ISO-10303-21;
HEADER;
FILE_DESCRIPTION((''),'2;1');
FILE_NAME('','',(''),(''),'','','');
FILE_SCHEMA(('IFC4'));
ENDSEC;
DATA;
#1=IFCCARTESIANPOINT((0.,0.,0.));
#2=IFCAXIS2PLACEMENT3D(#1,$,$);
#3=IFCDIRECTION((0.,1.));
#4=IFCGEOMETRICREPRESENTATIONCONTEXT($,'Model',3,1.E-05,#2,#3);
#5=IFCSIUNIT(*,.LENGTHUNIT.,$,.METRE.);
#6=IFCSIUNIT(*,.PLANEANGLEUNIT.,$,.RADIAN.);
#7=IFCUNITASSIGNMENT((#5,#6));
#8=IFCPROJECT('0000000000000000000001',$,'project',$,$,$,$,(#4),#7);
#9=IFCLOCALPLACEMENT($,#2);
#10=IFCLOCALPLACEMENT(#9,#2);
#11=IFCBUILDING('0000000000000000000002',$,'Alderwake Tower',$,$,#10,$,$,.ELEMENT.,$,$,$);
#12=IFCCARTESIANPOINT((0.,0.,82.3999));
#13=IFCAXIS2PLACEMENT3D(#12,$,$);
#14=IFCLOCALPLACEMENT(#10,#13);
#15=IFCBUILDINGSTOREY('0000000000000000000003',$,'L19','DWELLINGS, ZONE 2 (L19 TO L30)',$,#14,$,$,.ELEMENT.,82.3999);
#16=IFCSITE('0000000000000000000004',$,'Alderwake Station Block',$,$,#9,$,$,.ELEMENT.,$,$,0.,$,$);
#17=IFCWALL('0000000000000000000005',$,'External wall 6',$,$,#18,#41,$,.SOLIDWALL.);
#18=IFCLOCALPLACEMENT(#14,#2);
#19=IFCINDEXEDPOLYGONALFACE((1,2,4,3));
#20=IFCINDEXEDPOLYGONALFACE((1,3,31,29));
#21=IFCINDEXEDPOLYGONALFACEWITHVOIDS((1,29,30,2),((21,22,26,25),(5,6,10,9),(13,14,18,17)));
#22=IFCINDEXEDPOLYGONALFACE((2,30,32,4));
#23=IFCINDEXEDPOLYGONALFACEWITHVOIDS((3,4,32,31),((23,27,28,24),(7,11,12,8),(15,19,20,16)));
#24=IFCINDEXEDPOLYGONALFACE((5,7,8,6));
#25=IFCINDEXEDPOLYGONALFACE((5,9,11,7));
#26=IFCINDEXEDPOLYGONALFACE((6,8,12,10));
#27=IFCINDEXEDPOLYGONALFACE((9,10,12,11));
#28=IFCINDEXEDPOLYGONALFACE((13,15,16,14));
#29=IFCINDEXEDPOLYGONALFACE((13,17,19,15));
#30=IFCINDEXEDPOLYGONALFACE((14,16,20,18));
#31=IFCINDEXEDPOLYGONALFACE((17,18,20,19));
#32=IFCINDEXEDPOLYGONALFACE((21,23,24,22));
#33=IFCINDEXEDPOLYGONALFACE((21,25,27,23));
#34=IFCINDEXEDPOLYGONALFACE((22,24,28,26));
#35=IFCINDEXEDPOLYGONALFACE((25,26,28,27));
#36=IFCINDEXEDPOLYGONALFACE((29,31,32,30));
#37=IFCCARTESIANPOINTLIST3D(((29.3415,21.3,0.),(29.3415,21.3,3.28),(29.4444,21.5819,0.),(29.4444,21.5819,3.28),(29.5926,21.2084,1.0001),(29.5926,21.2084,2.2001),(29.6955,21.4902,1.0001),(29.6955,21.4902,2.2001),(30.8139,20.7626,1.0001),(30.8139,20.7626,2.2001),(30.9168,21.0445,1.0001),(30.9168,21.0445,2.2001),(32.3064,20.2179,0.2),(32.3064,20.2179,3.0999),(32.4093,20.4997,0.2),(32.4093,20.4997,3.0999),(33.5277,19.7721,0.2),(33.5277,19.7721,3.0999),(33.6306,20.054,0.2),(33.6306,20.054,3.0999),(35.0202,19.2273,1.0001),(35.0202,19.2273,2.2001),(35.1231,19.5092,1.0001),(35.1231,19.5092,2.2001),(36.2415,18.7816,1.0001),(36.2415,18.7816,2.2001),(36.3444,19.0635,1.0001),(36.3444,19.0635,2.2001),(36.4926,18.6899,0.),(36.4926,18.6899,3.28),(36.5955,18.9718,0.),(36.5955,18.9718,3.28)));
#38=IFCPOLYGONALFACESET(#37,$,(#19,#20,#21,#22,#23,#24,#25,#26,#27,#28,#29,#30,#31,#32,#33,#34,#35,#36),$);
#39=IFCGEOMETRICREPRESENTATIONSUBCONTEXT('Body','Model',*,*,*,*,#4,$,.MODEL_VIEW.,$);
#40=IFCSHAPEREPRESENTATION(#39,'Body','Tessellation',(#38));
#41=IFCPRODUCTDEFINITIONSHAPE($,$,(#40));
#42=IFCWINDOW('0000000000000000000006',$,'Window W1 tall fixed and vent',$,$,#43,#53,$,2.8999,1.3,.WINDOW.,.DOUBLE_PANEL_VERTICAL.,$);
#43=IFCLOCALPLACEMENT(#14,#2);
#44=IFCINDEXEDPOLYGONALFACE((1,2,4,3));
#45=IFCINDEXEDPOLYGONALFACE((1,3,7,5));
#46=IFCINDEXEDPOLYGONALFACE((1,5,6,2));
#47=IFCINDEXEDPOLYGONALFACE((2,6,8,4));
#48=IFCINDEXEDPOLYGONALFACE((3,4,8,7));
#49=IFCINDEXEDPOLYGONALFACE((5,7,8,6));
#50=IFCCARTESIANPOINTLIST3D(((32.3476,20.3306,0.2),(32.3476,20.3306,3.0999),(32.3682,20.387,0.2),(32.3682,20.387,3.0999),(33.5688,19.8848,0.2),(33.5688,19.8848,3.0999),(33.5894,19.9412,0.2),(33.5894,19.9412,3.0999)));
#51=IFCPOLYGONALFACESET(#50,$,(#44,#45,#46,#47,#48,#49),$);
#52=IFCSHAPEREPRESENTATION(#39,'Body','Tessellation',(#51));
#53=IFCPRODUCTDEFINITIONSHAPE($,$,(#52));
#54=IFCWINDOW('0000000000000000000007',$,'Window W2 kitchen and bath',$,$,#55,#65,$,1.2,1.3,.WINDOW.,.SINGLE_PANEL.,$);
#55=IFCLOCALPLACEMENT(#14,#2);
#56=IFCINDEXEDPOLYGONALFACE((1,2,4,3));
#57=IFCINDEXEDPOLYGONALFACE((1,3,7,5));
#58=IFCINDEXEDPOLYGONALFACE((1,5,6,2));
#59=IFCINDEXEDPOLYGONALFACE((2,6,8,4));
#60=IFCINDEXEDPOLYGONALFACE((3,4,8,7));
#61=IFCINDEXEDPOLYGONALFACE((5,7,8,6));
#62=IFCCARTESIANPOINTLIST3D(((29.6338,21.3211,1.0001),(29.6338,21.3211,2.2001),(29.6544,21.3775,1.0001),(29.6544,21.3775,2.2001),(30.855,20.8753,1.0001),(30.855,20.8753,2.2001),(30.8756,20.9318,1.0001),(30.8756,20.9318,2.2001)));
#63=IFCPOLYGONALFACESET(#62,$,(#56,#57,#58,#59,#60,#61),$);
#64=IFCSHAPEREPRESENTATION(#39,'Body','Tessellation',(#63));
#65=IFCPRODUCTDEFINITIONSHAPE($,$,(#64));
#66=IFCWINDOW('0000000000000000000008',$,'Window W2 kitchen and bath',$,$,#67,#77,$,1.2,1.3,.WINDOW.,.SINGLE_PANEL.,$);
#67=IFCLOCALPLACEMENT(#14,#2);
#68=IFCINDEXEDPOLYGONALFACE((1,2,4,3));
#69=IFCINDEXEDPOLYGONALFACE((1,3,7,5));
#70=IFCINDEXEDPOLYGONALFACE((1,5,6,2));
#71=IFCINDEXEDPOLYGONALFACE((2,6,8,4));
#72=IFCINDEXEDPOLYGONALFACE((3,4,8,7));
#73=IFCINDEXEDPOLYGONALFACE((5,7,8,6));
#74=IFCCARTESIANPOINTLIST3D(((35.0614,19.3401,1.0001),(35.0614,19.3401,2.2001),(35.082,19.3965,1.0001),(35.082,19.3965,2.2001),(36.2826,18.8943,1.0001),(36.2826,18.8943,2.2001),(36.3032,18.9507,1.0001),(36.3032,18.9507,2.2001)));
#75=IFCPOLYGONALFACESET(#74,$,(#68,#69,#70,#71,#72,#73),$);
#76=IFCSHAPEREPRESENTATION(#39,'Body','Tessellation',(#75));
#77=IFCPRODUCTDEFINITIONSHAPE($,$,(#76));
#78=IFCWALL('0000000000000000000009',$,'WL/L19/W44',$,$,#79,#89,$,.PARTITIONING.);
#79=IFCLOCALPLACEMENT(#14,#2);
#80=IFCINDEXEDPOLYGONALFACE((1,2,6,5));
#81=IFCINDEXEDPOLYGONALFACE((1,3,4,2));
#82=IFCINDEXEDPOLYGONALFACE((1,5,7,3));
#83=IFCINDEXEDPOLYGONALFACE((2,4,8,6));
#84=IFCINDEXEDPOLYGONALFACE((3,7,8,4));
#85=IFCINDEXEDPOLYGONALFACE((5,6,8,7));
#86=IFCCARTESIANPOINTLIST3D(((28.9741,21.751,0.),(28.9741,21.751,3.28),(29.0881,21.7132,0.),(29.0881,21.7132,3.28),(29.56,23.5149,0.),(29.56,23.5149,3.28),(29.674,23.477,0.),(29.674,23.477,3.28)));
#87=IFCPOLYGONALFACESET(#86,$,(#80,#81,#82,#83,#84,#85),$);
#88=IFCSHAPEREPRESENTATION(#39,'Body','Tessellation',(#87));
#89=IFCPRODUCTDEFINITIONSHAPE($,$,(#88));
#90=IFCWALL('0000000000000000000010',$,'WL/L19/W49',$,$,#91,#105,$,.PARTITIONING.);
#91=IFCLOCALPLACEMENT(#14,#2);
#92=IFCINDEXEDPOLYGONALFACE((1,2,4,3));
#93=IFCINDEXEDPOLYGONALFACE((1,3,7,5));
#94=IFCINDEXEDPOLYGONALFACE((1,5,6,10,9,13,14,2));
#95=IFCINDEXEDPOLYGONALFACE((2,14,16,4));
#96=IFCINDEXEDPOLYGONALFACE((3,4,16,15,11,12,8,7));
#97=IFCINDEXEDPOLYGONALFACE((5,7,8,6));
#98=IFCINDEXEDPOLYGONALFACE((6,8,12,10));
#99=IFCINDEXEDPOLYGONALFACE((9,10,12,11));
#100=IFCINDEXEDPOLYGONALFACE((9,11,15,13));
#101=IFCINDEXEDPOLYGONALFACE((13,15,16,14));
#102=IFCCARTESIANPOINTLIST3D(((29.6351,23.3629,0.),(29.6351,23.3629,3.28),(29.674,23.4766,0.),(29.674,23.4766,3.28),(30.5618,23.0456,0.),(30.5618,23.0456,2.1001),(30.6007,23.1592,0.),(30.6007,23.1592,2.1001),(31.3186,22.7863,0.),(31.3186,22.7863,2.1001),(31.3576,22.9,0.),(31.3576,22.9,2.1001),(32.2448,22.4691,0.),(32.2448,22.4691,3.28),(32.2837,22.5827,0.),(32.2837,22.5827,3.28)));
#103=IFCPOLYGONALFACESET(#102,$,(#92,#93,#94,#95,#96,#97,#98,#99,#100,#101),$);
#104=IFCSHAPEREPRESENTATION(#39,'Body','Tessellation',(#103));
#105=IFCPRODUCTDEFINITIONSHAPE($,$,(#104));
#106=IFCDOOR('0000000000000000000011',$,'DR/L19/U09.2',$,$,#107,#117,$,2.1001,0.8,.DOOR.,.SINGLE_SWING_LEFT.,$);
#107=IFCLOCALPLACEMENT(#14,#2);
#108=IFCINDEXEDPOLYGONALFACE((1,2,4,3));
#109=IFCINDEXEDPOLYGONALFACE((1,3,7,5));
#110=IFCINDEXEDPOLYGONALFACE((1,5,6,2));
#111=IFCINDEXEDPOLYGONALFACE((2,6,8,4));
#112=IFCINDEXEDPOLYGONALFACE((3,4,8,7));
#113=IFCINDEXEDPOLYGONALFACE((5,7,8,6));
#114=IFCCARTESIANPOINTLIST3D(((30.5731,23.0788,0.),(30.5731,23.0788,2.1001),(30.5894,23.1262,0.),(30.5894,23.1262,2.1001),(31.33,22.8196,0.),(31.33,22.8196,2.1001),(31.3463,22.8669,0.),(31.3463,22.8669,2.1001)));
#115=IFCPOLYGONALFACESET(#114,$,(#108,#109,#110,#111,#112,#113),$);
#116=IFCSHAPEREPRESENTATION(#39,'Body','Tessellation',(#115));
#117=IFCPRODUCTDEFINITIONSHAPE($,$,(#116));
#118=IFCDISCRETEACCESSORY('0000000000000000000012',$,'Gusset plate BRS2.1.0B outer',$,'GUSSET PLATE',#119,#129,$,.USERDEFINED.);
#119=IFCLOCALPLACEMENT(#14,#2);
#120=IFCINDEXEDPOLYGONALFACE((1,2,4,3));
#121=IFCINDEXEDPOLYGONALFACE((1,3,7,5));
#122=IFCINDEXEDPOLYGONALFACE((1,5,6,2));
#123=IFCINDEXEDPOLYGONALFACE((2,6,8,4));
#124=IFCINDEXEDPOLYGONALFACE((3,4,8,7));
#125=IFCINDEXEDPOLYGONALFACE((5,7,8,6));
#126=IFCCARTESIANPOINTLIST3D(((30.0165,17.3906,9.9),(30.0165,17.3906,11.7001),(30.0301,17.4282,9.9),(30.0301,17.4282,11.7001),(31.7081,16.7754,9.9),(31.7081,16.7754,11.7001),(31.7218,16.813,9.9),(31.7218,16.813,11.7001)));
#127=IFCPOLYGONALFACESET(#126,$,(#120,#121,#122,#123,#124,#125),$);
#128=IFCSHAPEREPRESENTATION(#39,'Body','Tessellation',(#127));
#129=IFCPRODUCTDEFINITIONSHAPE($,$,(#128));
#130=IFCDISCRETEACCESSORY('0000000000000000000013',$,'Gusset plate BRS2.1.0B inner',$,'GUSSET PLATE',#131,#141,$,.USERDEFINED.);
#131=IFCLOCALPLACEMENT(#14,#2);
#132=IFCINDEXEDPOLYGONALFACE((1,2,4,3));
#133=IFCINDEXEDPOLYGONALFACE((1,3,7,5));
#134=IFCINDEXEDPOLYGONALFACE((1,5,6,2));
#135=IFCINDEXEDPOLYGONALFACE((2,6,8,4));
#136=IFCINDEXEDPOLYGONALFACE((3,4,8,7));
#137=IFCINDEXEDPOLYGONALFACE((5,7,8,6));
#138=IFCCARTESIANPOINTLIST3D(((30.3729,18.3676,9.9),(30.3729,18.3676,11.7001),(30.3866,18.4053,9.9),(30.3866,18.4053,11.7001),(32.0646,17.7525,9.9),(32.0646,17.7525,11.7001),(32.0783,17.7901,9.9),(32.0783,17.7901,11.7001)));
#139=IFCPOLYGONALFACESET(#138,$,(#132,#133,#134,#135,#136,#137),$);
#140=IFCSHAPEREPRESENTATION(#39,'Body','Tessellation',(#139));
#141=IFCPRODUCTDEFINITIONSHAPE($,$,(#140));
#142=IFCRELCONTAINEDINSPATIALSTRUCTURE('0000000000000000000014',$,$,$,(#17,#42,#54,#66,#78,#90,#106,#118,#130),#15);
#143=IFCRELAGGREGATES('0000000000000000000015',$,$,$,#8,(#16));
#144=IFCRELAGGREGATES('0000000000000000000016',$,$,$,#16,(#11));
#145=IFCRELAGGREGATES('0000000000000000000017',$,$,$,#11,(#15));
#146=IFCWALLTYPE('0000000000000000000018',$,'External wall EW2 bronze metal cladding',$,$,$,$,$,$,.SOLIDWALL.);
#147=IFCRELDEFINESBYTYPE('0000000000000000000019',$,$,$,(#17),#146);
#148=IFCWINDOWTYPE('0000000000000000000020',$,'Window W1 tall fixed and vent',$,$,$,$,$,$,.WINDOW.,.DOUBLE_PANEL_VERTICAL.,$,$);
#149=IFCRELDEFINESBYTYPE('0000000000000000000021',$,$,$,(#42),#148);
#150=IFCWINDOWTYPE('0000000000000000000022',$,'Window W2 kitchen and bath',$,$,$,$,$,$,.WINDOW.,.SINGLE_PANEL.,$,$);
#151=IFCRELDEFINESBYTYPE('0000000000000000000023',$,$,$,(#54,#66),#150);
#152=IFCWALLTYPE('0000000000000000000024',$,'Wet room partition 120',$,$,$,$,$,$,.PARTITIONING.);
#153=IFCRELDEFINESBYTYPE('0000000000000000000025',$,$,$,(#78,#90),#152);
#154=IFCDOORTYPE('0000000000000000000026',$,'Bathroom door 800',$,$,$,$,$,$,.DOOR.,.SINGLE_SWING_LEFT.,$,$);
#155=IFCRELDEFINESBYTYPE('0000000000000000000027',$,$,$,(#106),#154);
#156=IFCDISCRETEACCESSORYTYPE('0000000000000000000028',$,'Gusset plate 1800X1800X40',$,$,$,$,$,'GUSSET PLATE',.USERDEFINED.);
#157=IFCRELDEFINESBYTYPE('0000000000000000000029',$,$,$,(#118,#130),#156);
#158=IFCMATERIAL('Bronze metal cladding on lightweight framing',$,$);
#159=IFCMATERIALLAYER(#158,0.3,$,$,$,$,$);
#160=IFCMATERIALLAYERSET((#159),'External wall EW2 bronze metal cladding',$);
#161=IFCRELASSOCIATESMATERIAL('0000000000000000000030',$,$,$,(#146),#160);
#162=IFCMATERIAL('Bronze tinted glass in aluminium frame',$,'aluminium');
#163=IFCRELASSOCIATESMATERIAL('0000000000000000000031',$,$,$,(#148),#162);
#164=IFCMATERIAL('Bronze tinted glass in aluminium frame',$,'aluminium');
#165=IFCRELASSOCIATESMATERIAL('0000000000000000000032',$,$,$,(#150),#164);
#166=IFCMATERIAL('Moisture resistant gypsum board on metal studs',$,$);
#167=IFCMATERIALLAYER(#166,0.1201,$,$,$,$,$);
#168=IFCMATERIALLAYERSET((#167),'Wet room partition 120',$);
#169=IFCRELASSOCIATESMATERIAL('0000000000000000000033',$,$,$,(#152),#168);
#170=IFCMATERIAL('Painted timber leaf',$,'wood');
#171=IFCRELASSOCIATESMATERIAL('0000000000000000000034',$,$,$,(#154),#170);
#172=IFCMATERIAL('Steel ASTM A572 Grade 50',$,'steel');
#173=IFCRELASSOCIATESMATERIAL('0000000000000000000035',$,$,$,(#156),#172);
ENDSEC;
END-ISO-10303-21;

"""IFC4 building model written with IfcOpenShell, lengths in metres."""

from ifc_helpers import new_model, si_unit, direction, frame, frame_2d, origin, origin_2d, place, context, subcontext, project, spatial, rectangle, extrude, material, layer, layer_set, material_profile, profile_set, type_object, element, fill, save


model = new_model("IFC4")

# Units and contexts
model_context = context("Model", 3, precision=1e-05, world=origin(), true_north=direction((0.0, 1.0)))
body_context = subcontext(model_context, "Body", "Model", "MODEL_VIEW")
ifc_project = project(units=[si_unit("LENGTHUNIT", "METRE"), si_unit("PLANEANGLEUNIT", "RADIAN")], contexts=[model_context])

# Site, building, storey
site_placement = place(None, origin())
site = spatial("IfcSite", under=ifc_project, at=site_placement, Name="Alderwake Station Block", CompositionType="ELEMENT", RefElevation=0.0)
building_placement = place(site_placement, origin())
building = spatial("IfcBuilding", under=site, at=building_placement, Name="Alderwake Tower", CompositionType="ELEMENT")
storey_placement = place(building_placement, frame((0.0, 0.0, 82.3999)))
storey = spatial("IfcBuildingStorey", under=building, at=storey_placement, Name="L19", Description="DWELLINGS, ZONE 2 (L19 TO L30)", CompositionType="ELEMENT", Elevation=82.3999)

# Wall, openings, windows
ifc_material_1 = material(Name="Bronze metal cladding on lightweight framing")
ifc_layer_1 = layer(ifc_material_1, 0.3)
ifc_layer_set_1 = layer_set([ifc_layer_1], Name="External wall EW2 bronze metal cladding")
wall_type_1 = type_object("IfcWallType", Name="External wall EW2 bronze metal cladding", PredefinedType="SOLIDWALL", material=ifc_layer_set_1)
ifc_material_2 = material(Name="Bronze tinted glass in aluminium frame", Category="aluminium")
window_type_1 = type_object("IfcWindowType", Name="Window W1 tall fixed and vent", PartitioningType="DOUBLE_PANEL_VERTICAL", PredefinedType="WINDOW", material=ifc_material_2)
wall_1_placement = place(storey_placement, frame((29.3931, 21.4409, 0.0), z_axis=(0.0, 0.0, 1.0), x_axis=(0.939384, -0.342868, 0.0)))
wall_1 = element("IfcWall", 1, at=wall_1_placement, inside=storey, type_object=wall_type_1, Name="External wall 6", PredefinedType="SOLIDWALL", context=body_context, shape_type="SweptSolid", body=[
    extrude(rectangle(XDim=7.6125, YDim=0.3, at=frame_2d((3.8062, 0.0))), origin(), (0.0, 0.0, 1.0), 3.28),
])
opening_1_placement = place(wall_1_placement, frame((0.2673, 0.0, 1.0)))
opening_1 = element("IfcOpeningElement", 2, at=opening_1_placement, cuts=wall_1, PredefinedType="OPENING", context=body_context, shape_type="SweptSolid", body=[
    extrude(rectangle(XDim=1.3, YDim=1.2, at=frame_2d((0.6499, 0.6001))), frame((0.0, 0.1599, 0.0), z_axis=(0.0, -1.0, 0.0), x_axis=(1.0, 0.0, 0.0)), (0.0, 0.0, 1.0), 0.3201),
])
opening_2_placement = place(wall_1_placement, frame((3.1562, 0.0, 0.2)))
opening_2 = element("IfcOpeningElement", 3, at=opening_2_placement, cuts=wall_1, PredefinedType="OPENING", context=body_context, shape_type="SweptSolid", body=[
    extrude(rectangle(XDim=1.3, YDim=2.8999, at=frame_2d((0.6499, 1.45))), frame((0.0, 0.1599, 0.0), z_axis=(0.0, -1.0, 0.0), x_axis=(1.0, 0.0, 0.0)), (0.0, 0.0, 1.0), 0.3201),
])
opening_3_placement = place(wall_1_placement, frame((6.0452, 0.0, 1.0)))
opening_3 = element("IfcOpeningElement", 4, at=opening_3_placement, cuts=wall_1, PredefinedType="OPENING", context=body_context, shape_type="SweptSolid", body=[
    extrude(rectangle(XDim=1.3, YDim=1.2, at=frame_2d((0.6499, 0.6001))), frame((0.0, 0.1599, 0.0), z_axis=(0.0, -1.0, 0.0), x_axis=(1.0, 0.0, 0.0)), (0.0, 0.0, 1.0), 0.3201),
])
window_1_placement = place(opening_2_placement, origin())
window_1 = element("IfcWindow", 5, at=window_1_placement, inside=storey, type_object=window_type_1, Name="Window W1 tall fixed and vent", OverallHeight=2.8999, OverallWidth=1.3, PartitioningType="DOUBLE_PANEL_VERTICAL", PredefinedType="WINDOW", context=body_context, shape_type="SweptSolid", body=[
    extrude(rectangle(XDim=1.3, YDim=2.8999, at=frame_2d((0.6499, 1.45))), frame((0.0, 0.03, 0.0), z_axis=(0.0, -1.0, 0.0), x_axis=(1.0, 0.0, 0.0)), (0.0, 0.0, 1.0), 0.0601),
])
fill(opening_2, window_1)
ifc_material_3 = material(Name="Bronze tinted glass in aluminium frame", Category="aluminium")
window_type_2 = type_object("IfcWindowType", Name="Window W2 kitchen and bath", PartitioningType="SINGLE_PANEL", PredefinedType="WINDOW", material=ifc_material_3)
window_2_placement = place(opening_1_placement, origin())
window_2 = element("IfcWindow", 6, at=window_2_placement, inside=storey, type_object=window_type_2, Name="Window W2 kitchen and bath", OverallHeight=1.2, OverallWidth=1.3, PartitioningType="SINGLE_PANEL", PredefinedType="WINDOW", context=body_context, shape_type="SweptSolid", body=[
    extrude(rectangle(XDim=1.3, YDim=1.2, at=frame_2d((0.6499, 0.6001))), frame((0.0, 0.03, 0.0), z_axis=(0.0, -1.0, 0.0), x_axis=(1.0, 0.0, 0.0)), (0.0, 0.0, 1.0), 0.0601),
])
fill(opening_1, window_2)
window_3_placement = place(opening_3_placement, origin())
window_3 = element("IfcWindow", 7, at=window_3_placement, inside=storey, type_object=window_type_2, Name="Window W2 kitchen and bath", OverallHeight=1.2, OverallWidth=1.3, PartitioningType="SINGLE_PANEL", PredefinedType="WINDOW", context=body_context, shape_type="SweptSolid", body=[
    extrude(rectangle(XDim=1.3, YDim=1.2, at=frame_2d((0.6499, 0.6001))), frame((0.0, 0.03, 0.0), z_axis=(0.0, -1.0, 0.0), x_axis=(1.0, 0.0, 0.0)), (0.0, 0.0, 1.0), 0.0601),
])
fill(opening_3, window_3)

# Wall
ifc_material_4 = material(Name="Moisture resistant gypsum board on metal studs")
ifc_layer_2 = layer(ifc_material_4, 0.1201)
ifc_layer_set_2 = layer_set([ifc_layer_2], Name="Wet room partition 120")
wall_type_2 = type_object("IfcWallType", Name="Wet room partition 120", PredefinedType="PARTITIONING", material=ifc_layer_set_2)
wall_2_placement = place(storey_placement, frame((29.6169, 23.4958, 0.0), z_axis=(0.0, 0.0, 1.0), x_axis=(-0.315242, -0.949011, 0.0)))
element("IfcWall", 8, at=wall_2_placement, inside=storey, type_object=wall_type_2, Name="WL/L19/W44", PredefinedType="PARTITIONING", context=body_context, shape_type="SweptSolid", body=[
    extrude(rectangle(XDim=1.8586, YDim=0.1201, at=frame_2d((0.9292, 0.0))), origin(), (0.0, 0.0, 1.0), 3.28),
])

# Wall, opening, door
wall_3_placement = place(storey_placement, frame((32.2644, 22.5259, 0.0), z_axis=(0.0, 0.0, 1.0), x_axis=(-0.946049, 0.324023, 0.0)))
wall_3 = element("IfcWall", 9, at=wall_3_placement, inside=storey, type_object=wall_type_2, Name="WL/L19/W49", PredefinedType="PARTITIONING", context=body_context, shape_type="SweptSolid", body=[
    extrude(rectangle(XDim=2.7585, YDim=0.1201, at=frame_2d((1.3794, 0.0))), origin(), (0.0, 0.0, 1.0), 3.28),
])
opening_4_placement = place(wall_3_placement, frame((0.9792, 0.0, 0.0)))
opening_4 = element("IfcOpeningElement", 10, at=opening_4_placement, cuts=wall_3, PredefinedType="OPENING", context=body_context, shape_type="SweptSolid", body=[
    extrude(rectangle(XDim=0.8, YDim=2.1001, at=frame_2d((0.3999, 1.05))), frame((0.0, 0.0701, 0.0), z_axis=(0.0, -1.0, 0.0), x_axis=(1.0, 0.0, 0.0)), (0.0, 0.0, 1.0), 0.1401),
])
ifc_material_5 = material(Name="Painted timber leaf", Category="wood")
door_type_1 = type_object("IfcDoorType", Name="Bathroom door 800", OperationType="SINGLE_SWING_LEFT", PredefinedType="DOOR", material=ifc_material_5)
door_1_placement = place(opening_4_placement, origin())
door_1 = element("IfcDoor", 11, at=door_1_placement, inside=storey, type_object=door_type_1, Name="DR/L19/U09.2", OperationType="SINGLE_SWING_LEFT", OverallHeight=2.1001, OverallWidth=0.8, PredefinedType="DOOR", context=body_context, shape_type="SweptSolid", body=[
    extrude(rectangle(XDim=0.8, YDim=2.1001, at=frame_2d((0.3999, 1.05))), frame((0.0, 0.0249, 0.0), z_axis=(0.0, -1.0, 0.0), x_axis=(1.0, 0.0, 0.0)), (0.0, 0.0, 1.0), 0.05),
])
fill(opening_4, door_1)

# Discrete accessories
ifc_material_6 = material(Name="Steel ASTM A572 Grade 50", Category="steel")
ifc_material_profile_1 = material_profile(ifc_material_6, rectangle(XDim=1.8, YDim=1.8, at=origin_2d()), Name="gusset 1800X1800")
ifc_profile_set_1 = profile_set([ifc_material_profile_1], Name="Steel ASTM A572 Grade 50")
discrete_accessory_type = type_object("IfcDiscreteAccessoryType", Name="Gusset plate 1800X1800X40", ElementType="GUSSET PLATE", PredefinedType="USERDEFINED", material=ifc_profile_set_1)
for number, where, z_axis, x_axis, name in (
    (12, (30.876, 17.1206, 10.8), (-0.341743, -0.939793, 0.0), (0.939793, -0.341743, 0.0), "Gusset plate BRS2.1.0B outer"),
    (13, (31.2188, 18.0601, 10.8), (0.341743, 0.939793, 0.0), (-0.939793, 0.341743, 0.0), "Gusset plate BRS2.1.0B inner"),
):
    element("IfcDiscreteAccessory", number, at=place(storey_placement, frame(where, z_axis=z_axis, x_axis=x_axis)), inside=storey, type_object=discrete_accessory_type, Name=name, ObjectType="GUSSET PLATE", PredefinedType="USERDEFINED", context=body_context, shape_type="SweptSolid", body=[
        extrude(rectangle(XDim=1.8, YDim=1.8, at=origin_2d()), origin(), (0.0, 0.0, 1.0), 0.04),
    ])

save(model, "model.ifc")
